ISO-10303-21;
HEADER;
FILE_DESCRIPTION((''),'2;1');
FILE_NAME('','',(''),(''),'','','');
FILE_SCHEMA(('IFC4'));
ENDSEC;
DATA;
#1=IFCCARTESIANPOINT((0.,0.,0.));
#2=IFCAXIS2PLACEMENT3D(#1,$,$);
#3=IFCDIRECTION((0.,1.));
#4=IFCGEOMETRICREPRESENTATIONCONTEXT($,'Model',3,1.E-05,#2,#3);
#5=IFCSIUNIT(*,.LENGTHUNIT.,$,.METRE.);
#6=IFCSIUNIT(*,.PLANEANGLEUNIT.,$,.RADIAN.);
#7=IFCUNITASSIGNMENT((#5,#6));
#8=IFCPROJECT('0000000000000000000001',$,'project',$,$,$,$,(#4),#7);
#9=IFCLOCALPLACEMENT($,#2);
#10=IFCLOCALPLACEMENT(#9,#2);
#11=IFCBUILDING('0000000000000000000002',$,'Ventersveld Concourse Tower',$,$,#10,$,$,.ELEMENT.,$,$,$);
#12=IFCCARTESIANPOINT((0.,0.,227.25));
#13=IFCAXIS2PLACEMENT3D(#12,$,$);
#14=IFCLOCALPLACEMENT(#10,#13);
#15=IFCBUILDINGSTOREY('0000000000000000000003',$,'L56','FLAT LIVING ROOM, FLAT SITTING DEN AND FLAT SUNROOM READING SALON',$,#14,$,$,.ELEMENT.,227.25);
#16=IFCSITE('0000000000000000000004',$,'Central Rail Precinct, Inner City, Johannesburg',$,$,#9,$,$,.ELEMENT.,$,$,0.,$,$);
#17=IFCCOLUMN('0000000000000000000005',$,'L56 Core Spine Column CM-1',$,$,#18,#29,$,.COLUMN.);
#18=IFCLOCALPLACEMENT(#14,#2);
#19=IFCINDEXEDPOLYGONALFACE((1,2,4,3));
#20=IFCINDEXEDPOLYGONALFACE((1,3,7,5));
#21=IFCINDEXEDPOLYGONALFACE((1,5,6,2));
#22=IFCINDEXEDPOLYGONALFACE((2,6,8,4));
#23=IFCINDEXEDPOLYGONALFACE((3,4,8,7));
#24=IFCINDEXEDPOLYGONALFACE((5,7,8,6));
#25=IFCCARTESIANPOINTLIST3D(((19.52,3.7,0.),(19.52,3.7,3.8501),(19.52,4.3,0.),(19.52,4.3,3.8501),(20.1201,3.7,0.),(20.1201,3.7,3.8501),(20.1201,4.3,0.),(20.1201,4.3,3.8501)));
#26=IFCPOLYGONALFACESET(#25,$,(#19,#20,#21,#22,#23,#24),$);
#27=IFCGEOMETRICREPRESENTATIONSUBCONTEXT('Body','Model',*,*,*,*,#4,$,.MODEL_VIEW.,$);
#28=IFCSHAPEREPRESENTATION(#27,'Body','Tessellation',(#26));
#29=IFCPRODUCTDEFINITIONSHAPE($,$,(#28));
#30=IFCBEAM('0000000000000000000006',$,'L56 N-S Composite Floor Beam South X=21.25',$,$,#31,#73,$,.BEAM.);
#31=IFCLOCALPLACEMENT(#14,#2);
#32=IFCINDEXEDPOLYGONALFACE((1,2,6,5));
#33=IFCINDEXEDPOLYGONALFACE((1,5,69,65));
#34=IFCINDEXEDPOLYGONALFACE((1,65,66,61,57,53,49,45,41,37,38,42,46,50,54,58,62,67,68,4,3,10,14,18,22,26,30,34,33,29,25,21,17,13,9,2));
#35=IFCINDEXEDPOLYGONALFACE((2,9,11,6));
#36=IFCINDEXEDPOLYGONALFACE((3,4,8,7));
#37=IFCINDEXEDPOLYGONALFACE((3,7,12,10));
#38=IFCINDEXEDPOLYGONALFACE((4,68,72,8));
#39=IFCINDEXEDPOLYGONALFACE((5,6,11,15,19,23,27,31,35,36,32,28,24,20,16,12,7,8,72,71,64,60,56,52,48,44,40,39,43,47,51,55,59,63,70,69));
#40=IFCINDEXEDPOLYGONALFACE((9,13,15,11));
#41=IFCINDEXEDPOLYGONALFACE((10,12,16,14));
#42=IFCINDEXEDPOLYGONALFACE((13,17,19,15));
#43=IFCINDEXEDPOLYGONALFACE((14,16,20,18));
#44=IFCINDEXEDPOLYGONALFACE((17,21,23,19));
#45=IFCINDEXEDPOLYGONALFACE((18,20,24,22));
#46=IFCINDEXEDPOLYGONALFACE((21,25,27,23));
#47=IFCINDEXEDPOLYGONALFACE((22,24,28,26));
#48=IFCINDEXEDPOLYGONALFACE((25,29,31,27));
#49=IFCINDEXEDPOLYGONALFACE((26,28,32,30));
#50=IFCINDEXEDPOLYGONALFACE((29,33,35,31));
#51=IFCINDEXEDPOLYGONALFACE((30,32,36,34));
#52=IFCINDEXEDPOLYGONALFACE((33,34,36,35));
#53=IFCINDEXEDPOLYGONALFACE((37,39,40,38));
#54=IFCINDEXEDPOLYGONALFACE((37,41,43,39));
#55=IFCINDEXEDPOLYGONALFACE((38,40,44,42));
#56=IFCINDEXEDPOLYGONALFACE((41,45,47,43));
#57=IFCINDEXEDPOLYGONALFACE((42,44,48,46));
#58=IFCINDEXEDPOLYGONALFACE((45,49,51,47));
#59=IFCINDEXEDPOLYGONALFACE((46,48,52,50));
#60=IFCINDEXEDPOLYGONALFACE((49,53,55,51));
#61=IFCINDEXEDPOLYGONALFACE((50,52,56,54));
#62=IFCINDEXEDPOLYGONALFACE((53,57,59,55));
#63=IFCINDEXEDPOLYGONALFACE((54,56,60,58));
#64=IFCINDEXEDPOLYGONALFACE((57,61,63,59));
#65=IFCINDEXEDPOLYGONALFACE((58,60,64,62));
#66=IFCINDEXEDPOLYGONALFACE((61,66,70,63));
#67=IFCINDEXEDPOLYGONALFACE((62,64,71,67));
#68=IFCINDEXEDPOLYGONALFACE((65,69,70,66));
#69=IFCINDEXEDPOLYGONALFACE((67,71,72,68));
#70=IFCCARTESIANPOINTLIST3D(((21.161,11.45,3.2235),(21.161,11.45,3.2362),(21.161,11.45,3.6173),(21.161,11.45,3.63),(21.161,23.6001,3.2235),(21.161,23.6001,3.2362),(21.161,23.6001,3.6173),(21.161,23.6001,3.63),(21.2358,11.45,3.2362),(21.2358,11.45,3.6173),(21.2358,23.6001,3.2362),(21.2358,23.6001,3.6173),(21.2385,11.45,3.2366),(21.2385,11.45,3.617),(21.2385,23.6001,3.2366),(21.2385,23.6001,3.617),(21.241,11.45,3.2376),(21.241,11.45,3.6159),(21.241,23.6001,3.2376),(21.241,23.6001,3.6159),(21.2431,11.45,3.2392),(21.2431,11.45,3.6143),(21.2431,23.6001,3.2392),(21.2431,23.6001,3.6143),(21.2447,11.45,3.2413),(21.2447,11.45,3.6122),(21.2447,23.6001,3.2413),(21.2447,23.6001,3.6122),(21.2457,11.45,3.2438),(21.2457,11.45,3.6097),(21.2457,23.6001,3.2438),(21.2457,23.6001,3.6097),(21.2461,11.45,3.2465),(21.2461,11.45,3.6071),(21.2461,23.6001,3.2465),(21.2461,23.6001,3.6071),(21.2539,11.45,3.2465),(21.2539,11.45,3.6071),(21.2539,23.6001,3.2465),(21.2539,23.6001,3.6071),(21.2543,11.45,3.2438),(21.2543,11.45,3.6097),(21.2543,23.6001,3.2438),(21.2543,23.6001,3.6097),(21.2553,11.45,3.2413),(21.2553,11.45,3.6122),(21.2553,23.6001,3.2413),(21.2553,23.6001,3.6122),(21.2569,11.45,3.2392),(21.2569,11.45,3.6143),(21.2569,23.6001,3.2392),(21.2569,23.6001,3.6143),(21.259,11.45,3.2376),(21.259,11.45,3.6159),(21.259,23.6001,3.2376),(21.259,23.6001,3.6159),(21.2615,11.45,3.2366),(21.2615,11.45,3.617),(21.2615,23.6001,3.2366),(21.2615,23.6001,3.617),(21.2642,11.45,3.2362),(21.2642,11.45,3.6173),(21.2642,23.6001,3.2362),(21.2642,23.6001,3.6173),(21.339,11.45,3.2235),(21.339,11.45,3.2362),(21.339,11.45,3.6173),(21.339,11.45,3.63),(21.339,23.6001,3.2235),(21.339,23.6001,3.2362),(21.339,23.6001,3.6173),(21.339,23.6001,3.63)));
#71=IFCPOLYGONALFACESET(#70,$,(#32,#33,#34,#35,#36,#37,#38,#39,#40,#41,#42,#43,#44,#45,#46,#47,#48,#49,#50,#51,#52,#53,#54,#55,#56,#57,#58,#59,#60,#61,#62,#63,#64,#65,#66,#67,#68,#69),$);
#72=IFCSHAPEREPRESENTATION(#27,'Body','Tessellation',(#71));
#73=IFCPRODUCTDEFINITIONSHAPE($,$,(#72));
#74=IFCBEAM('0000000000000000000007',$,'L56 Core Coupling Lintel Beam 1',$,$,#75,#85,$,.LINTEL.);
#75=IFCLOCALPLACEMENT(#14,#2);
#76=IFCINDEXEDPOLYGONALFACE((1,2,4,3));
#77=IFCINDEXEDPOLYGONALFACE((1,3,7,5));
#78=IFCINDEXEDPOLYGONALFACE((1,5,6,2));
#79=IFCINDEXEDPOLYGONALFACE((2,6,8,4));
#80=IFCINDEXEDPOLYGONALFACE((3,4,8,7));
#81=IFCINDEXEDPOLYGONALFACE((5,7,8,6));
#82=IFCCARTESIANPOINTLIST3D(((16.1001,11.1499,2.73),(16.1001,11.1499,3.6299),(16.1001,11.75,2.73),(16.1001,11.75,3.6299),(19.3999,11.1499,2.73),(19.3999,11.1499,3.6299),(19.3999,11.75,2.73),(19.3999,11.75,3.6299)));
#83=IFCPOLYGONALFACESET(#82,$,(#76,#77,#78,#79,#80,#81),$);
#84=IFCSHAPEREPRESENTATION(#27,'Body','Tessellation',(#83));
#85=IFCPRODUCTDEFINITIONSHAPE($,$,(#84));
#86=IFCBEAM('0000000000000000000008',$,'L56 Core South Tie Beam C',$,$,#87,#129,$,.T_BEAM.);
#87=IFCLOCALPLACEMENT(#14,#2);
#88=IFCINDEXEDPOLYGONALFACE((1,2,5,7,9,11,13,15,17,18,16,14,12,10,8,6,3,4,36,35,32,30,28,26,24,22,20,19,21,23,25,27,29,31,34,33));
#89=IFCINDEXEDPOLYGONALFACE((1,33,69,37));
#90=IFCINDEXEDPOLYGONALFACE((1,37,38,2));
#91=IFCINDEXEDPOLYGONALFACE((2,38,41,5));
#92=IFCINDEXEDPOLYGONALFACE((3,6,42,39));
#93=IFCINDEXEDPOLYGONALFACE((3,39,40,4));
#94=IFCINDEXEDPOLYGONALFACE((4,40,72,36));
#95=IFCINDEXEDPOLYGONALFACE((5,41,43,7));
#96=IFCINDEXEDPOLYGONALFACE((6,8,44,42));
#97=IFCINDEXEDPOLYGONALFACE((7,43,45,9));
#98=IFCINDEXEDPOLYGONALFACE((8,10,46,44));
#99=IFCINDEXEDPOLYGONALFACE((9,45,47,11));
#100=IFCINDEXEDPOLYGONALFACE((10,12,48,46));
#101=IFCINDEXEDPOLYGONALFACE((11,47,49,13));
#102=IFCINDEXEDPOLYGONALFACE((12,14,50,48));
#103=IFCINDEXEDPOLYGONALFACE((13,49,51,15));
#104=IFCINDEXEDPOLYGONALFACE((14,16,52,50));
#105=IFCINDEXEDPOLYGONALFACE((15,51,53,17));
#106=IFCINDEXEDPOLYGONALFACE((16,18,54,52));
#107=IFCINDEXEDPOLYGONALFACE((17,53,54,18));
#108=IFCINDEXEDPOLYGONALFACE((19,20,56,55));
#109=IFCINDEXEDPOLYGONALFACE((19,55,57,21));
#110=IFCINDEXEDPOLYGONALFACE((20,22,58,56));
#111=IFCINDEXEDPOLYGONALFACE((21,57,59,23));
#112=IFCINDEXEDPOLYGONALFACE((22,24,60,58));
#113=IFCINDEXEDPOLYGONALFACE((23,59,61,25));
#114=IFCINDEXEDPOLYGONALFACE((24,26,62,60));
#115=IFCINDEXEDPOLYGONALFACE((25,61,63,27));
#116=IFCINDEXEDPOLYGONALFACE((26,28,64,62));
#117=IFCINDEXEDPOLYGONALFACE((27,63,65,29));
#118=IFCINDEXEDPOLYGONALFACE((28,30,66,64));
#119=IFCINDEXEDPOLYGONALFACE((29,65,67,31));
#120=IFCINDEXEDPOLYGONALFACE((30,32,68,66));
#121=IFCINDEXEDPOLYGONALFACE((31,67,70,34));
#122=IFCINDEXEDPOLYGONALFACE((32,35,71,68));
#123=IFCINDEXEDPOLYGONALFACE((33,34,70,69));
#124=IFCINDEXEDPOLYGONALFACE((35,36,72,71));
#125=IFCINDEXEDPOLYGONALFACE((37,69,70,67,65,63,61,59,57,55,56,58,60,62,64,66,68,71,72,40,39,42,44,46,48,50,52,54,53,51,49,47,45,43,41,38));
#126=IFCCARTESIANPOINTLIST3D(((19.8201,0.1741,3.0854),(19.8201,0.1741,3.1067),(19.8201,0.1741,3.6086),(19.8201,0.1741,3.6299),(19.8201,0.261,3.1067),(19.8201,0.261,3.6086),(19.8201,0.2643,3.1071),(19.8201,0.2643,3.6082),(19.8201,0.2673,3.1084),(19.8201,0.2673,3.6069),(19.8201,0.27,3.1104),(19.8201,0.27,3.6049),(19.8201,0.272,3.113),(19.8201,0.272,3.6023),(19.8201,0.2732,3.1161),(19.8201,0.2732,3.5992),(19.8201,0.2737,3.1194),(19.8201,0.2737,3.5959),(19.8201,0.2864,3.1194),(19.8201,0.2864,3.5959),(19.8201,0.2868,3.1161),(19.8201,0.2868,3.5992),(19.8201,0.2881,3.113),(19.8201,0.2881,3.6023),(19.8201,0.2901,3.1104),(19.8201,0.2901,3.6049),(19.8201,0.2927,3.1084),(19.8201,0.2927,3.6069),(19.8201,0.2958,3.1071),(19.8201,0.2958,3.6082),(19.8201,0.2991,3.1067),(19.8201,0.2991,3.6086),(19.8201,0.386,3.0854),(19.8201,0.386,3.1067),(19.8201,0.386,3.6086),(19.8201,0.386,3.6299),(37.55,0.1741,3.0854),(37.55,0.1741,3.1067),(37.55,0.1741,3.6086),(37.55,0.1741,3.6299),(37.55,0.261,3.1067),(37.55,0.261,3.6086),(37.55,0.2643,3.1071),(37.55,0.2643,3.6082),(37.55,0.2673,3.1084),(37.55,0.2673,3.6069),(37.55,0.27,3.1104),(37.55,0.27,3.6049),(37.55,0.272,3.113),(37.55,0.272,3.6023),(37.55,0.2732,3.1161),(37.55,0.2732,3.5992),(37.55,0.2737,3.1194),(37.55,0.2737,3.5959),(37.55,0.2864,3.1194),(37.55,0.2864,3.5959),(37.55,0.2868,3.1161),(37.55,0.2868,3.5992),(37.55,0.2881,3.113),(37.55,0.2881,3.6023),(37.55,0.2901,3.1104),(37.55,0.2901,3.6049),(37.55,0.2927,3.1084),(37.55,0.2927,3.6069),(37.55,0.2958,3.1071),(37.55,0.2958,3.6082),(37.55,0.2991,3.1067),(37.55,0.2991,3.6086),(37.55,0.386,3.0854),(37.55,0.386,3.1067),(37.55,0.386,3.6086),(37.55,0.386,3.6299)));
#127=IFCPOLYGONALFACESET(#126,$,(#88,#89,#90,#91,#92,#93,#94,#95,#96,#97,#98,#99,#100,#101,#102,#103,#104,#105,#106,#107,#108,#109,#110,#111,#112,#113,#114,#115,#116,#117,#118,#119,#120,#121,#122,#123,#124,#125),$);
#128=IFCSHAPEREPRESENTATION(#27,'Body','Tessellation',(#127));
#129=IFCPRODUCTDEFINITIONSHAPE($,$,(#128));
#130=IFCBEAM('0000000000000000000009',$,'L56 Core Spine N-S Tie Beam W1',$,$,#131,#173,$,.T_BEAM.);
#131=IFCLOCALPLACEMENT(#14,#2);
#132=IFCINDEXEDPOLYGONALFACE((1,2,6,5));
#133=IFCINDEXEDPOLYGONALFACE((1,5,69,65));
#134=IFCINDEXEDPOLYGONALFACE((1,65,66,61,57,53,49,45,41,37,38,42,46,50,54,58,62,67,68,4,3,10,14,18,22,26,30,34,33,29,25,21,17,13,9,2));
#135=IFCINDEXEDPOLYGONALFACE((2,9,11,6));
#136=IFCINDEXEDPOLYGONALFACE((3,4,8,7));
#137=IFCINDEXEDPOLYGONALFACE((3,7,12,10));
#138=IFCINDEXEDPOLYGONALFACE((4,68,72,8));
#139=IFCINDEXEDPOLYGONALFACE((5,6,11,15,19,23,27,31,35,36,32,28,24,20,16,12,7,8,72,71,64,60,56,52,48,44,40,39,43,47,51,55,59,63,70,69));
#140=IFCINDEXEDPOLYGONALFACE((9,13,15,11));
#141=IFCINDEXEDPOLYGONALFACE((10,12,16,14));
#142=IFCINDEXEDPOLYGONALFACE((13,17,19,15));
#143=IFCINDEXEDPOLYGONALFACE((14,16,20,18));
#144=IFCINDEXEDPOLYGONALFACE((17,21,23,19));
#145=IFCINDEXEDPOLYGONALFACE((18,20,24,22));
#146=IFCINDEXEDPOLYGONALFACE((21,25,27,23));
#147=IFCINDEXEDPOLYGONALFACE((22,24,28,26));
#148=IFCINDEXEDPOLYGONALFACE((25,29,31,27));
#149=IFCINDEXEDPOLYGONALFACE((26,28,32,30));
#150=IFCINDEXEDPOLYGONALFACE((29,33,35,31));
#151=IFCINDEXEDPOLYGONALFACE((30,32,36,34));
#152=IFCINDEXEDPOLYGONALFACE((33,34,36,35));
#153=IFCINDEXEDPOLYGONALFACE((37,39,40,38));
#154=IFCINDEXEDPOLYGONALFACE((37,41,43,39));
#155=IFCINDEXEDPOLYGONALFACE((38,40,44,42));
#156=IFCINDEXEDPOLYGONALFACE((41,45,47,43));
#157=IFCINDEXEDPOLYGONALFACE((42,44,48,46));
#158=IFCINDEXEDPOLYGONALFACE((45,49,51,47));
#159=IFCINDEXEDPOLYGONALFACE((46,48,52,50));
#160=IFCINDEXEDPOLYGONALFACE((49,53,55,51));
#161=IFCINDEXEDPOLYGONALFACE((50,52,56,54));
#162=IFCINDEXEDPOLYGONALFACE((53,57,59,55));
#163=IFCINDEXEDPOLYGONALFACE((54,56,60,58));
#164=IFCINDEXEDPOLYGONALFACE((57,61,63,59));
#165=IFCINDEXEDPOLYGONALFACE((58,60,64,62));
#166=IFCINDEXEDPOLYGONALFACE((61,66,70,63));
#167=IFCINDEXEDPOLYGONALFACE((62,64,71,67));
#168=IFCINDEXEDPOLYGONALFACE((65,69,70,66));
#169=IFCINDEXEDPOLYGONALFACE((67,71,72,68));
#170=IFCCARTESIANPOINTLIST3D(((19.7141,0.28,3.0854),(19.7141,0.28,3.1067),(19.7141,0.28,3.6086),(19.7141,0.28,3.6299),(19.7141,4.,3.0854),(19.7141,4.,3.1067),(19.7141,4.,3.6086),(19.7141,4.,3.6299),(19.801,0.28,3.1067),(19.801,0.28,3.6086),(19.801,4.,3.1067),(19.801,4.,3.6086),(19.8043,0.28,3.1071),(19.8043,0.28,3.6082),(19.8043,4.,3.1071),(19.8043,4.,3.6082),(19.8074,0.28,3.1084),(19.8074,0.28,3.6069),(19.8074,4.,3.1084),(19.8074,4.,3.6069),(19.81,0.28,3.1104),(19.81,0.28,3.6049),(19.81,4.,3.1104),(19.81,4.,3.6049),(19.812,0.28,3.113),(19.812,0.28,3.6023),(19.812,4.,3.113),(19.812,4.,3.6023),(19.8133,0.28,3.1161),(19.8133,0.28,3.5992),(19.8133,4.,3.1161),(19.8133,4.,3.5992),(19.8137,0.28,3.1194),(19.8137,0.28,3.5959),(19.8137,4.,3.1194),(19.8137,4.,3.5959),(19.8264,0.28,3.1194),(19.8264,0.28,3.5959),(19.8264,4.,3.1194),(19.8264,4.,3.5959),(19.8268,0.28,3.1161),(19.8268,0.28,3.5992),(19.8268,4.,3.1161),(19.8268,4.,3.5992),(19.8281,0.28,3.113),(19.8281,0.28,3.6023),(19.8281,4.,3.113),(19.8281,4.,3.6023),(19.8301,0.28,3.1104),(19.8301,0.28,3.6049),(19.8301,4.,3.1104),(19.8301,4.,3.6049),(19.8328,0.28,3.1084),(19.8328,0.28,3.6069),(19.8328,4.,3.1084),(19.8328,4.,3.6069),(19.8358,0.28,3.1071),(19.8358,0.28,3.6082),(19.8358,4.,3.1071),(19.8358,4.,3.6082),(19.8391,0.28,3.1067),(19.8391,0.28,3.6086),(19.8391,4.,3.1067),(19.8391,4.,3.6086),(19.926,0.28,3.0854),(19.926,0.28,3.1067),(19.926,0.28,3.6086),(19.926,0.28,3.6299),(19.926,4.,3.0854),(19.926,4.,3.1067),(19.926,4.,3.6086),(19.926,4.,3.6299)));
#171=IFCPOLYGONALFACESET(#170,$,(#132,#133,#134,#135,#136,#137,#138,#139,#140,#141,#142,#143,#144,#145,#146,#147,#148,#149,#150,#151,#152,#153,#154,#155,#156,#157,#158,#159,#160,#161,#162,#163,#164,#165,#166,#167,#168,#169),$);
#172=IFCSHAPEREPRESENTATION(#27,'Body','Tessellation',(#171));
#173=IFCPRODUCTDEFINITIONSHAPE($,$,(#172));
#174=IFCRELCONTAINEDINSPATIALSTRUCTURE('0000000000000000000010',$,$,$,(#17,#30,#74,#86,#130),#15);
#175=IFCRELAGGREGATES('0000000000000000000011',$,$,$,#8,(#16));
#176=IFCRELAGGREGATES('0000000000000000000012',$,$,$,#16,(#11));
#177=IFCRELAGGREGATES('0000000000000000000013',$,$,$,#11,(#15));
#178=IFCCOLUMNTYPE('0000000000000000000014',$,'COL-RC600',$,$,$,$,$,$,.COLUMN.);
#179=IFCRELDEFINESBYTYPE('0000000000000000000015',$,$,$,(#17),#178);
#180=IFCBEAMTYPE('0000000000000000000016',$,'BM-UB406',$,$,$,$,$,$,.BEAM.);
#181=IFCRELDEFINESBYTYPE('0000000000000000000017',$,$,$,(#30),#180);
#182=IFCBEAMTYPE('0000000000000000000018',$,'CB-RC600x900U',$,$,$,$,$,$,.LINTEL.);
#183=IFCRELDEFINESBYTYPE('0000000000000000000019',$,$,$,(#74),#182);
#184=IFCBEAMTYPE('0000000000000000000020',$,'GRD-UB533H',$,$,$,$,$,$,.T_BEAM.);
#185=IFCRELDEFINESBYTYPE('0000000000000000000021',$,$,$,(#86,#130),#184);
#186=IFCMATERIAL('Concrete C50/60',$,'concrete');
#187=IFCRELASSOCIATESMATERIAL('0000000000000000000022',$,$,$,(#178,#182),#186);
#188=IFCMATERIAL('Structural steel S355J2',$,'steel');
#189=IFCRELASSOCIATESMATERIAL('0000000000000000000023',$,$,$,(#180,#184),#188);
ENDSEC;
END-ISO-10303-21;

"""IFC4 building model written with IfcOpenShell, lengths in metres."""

from ifc_helpers import new_model, si_unit, direction, frame, origin, origin_2d, place, context, subcontext, project, spatial, rectangle, i_section, extrude, material, material_profile, profile_set, type_object, element, save


model = new_model("IFC4")

# Units and contexts
model_context = context("Model", 3, precision=1e-05, world=origin(), true_north=direction((0.0, 1.0)))
body_context = subcontext(model_context, "Body", "Model", "MODEL_VIEW")
ifc_project = project(units=[si_unit("LENGTHUNIT", "METRE"), si_unit("PLANEANGLEUNIT", "RADIAN")], contexts=[model_context])

# Site, building, storey
site_placement = place(None, origin())
site = spatial("IfcSite", under=ifc_project, at=site_placement, Name="Central Rail Precinct, Inner City, Johannesburg", CompositionType="ELEMENT", RefElevation=0.0)
building_placement = place(site_placement, origin())
building = spatial("IfcBuilding", under=site, at=building_placement, Name="Ventersveld Concourse Tower", CompositionType="ELEMENT")
storey_placement = place(building_placement, frame((0.0, 0.0, 227.25)))
storey = spatial("IfcBuildingStorey", under=building, at=storey_placement, Name="L56", Description="FLAT LIVING ROOM, FLAT SITTING DEN AND FLAT SUNROOM READING SALON", CompositionType="ELEMENT", Elevation=227.25)

# Column
ifc_material_1 = material(Name="Concrete C50/60", Category="concrete")
ifc_material_profile_1 = material_profile(ifc_material_1, rectangle(XDim=0.6001, YDim=0.6001, at=origin_2d()), Name="RC 600x600")
ifc_profile_set_1 = profile_set([ifc_material_profile_1], Name="Concrete C50/60")
column_type = type_object("IfcColumnType", Name="COL-RC600", PredefinedType="COLUMN", material=ifc_profile_set_1)
column_placement = place(storey_placement, frame((19.8201, 4.0, 0.0), z_axis=(0.0, 0.0, 1.0), x_axis=(1.0, 0.0, 0.0)))
element("IfcColumn", 1, at=column_placement, inside=storey, type_object=column_type, Name="L56 Core Spine Column CM-1", PredefinedType="COLUMN", context=body_context, shape_type="SweptSolid", body=[
    extrude(rectangle(XDim=0.6001, YDim=0.6001, at=origin_2d()), origin(), (0.0, 0.0, 1.0), 3.8501),
])

# Beams
ifc_material_2 = material(Name="Structural steel S355J2", Category="steel")
ifc_material_profile_2 = material_profile(ifc_material_2, i_section(OverallWidth=0.178, OverallDepth=0.4065, WebThickness=0.0078, FlangeThickness=0.0127, FilletRadius=0.0103, at=origin_2d()), Name="UB 406x178x60")
ifc_profile_set_2 = profile_set([ifc_material_profile_2], Name="Structural steel S355J2")
beam_type_1 = type_object("IfcBeamType", Name="BM-UB406", PredefinedType="BEAM", material=ifc_profile_set_2)
beam_1_placement = place(storey_placement, frame((21.25, 11.45, 3.4268), z_axis=(0.0, 1.0, 0.0), x_axis=(-1.0, 0.0, 0.0)))
element("IfcBeam", 2, at=beam_1_placement, inside=storey, type_object=beam_type_1, Name="L56 N-S Composite Floor Beam South X=21.25", PredefinedType="BEAM", context=body_context, shape_type="SweptSolid", body=[
    extrude(i_section(OverallWidth=0.178, OverallDepth=0.4065, WebThickness=0.0078, FlangeThickness=0.0127, FilletRadius=0.0103, at=origin_2d()), origin(), (0.0, 0.0, 1.0), 12.1501),
])
ifc_material_profile_3 = material_profile(ifc_material_1, rectangle(XDim=0.6001, YDim=0.8999, at=origin_2d()), Name="RC 600x900")
ifc_profile_set_3 = profile_set([ifc_material_profile_3], Name="Concrete C50/60")
beam_type_2 = type_object("IfcBeamType", Name="CB-RC600x900U", PredefinedType="LINTEL", material=ifc_profile_set_3)
beam_2_placement = place(storey_placement, frame((16.1001, 11.45, 3.1799), z_axis=(1.0, 0.0, 0.0), x_axis=(0.0, 1.0, 0.0)))
element("IfcBeam", 3, at=beam_2_placement, inside=storey, type_object=beam_type_2, Name="L56 Core Coupling Lintel Beam 1", PredefinedType="LINTEL", context=body_context, shape_type="SweptSolid", body=[
    extrude(rectangle(XDim=0.6001, YDim=0.8999, at=origin_2d()), origin(), (0.0, 0.0, 1.0), 3.2998),
])
ifc_material_profile_4 = material_profile(ifc_material_2, i_section(OverallWidth=0.2119, OverallDepth=0.5444, WebThickness=0.0127, FlangeThickness=0.0212, FilletRadius=0.0127, at=origin_2d()), Name="UB 533x210x122")
ifc_profile_set_4 = profile_set([ifc_material_profile_4], Name="Structural steel S355J2")
beam_type_3 = type_object("IfcBeamType", Name="GRD-UB533H", PredefinedType="T_BEAM", material=ifc_profile_set_4)
beam_3_placement = place(storey_placement, frame((19.8201, 0.28, 3.3577), z_axis=(1.0, 0.0, 0.0), x_axis=(0.0, 1.0, 0.0)))
element("IfcBeam", 4, at=beam_3_placement, inside=storey, type_object=beam_type_3, Name="L56 Core South Tie Beam C", PredefinedType="T_BEAM", context=body_context, shape_type="SweptSolid", body=[
    extrude(i_section(OverallWidth=0.2119, OverallDepth=0.5444, WebThickness=0.0127, FlangeThickness=0.0212, FilletRadius=0.0127, at=origin_2d()), origin(), (0.0, 0.0, 1.0), 17.73),
])
beam_4_placement = place(storey_placement, frame((19.8201, 0.28, 3.3577), z_axis=(0.0, 1.0, 0.0), x_axis=(-1.0, 0.0, 0.0)))
element("IfcBeam", 5, at=beam_4_placement, inside=storey, type_object=beam_type_3, Name="L56 Core Spine N-S Tie Beam W1", PredefinedType="T_BEAM", context=body_context, shape_type="SweptSolid", body=[
    extrude(i_section(OverallWidth=0.2119, OverallDepth=0.5444, WebThickness=0.0127, FlangeThickness=0.0212, FilletRadius=0.0127, at=origin_2d()), origin(), (0.0, 0.0, 1.0), 3.72),
])

save(model, "model.ifc")
